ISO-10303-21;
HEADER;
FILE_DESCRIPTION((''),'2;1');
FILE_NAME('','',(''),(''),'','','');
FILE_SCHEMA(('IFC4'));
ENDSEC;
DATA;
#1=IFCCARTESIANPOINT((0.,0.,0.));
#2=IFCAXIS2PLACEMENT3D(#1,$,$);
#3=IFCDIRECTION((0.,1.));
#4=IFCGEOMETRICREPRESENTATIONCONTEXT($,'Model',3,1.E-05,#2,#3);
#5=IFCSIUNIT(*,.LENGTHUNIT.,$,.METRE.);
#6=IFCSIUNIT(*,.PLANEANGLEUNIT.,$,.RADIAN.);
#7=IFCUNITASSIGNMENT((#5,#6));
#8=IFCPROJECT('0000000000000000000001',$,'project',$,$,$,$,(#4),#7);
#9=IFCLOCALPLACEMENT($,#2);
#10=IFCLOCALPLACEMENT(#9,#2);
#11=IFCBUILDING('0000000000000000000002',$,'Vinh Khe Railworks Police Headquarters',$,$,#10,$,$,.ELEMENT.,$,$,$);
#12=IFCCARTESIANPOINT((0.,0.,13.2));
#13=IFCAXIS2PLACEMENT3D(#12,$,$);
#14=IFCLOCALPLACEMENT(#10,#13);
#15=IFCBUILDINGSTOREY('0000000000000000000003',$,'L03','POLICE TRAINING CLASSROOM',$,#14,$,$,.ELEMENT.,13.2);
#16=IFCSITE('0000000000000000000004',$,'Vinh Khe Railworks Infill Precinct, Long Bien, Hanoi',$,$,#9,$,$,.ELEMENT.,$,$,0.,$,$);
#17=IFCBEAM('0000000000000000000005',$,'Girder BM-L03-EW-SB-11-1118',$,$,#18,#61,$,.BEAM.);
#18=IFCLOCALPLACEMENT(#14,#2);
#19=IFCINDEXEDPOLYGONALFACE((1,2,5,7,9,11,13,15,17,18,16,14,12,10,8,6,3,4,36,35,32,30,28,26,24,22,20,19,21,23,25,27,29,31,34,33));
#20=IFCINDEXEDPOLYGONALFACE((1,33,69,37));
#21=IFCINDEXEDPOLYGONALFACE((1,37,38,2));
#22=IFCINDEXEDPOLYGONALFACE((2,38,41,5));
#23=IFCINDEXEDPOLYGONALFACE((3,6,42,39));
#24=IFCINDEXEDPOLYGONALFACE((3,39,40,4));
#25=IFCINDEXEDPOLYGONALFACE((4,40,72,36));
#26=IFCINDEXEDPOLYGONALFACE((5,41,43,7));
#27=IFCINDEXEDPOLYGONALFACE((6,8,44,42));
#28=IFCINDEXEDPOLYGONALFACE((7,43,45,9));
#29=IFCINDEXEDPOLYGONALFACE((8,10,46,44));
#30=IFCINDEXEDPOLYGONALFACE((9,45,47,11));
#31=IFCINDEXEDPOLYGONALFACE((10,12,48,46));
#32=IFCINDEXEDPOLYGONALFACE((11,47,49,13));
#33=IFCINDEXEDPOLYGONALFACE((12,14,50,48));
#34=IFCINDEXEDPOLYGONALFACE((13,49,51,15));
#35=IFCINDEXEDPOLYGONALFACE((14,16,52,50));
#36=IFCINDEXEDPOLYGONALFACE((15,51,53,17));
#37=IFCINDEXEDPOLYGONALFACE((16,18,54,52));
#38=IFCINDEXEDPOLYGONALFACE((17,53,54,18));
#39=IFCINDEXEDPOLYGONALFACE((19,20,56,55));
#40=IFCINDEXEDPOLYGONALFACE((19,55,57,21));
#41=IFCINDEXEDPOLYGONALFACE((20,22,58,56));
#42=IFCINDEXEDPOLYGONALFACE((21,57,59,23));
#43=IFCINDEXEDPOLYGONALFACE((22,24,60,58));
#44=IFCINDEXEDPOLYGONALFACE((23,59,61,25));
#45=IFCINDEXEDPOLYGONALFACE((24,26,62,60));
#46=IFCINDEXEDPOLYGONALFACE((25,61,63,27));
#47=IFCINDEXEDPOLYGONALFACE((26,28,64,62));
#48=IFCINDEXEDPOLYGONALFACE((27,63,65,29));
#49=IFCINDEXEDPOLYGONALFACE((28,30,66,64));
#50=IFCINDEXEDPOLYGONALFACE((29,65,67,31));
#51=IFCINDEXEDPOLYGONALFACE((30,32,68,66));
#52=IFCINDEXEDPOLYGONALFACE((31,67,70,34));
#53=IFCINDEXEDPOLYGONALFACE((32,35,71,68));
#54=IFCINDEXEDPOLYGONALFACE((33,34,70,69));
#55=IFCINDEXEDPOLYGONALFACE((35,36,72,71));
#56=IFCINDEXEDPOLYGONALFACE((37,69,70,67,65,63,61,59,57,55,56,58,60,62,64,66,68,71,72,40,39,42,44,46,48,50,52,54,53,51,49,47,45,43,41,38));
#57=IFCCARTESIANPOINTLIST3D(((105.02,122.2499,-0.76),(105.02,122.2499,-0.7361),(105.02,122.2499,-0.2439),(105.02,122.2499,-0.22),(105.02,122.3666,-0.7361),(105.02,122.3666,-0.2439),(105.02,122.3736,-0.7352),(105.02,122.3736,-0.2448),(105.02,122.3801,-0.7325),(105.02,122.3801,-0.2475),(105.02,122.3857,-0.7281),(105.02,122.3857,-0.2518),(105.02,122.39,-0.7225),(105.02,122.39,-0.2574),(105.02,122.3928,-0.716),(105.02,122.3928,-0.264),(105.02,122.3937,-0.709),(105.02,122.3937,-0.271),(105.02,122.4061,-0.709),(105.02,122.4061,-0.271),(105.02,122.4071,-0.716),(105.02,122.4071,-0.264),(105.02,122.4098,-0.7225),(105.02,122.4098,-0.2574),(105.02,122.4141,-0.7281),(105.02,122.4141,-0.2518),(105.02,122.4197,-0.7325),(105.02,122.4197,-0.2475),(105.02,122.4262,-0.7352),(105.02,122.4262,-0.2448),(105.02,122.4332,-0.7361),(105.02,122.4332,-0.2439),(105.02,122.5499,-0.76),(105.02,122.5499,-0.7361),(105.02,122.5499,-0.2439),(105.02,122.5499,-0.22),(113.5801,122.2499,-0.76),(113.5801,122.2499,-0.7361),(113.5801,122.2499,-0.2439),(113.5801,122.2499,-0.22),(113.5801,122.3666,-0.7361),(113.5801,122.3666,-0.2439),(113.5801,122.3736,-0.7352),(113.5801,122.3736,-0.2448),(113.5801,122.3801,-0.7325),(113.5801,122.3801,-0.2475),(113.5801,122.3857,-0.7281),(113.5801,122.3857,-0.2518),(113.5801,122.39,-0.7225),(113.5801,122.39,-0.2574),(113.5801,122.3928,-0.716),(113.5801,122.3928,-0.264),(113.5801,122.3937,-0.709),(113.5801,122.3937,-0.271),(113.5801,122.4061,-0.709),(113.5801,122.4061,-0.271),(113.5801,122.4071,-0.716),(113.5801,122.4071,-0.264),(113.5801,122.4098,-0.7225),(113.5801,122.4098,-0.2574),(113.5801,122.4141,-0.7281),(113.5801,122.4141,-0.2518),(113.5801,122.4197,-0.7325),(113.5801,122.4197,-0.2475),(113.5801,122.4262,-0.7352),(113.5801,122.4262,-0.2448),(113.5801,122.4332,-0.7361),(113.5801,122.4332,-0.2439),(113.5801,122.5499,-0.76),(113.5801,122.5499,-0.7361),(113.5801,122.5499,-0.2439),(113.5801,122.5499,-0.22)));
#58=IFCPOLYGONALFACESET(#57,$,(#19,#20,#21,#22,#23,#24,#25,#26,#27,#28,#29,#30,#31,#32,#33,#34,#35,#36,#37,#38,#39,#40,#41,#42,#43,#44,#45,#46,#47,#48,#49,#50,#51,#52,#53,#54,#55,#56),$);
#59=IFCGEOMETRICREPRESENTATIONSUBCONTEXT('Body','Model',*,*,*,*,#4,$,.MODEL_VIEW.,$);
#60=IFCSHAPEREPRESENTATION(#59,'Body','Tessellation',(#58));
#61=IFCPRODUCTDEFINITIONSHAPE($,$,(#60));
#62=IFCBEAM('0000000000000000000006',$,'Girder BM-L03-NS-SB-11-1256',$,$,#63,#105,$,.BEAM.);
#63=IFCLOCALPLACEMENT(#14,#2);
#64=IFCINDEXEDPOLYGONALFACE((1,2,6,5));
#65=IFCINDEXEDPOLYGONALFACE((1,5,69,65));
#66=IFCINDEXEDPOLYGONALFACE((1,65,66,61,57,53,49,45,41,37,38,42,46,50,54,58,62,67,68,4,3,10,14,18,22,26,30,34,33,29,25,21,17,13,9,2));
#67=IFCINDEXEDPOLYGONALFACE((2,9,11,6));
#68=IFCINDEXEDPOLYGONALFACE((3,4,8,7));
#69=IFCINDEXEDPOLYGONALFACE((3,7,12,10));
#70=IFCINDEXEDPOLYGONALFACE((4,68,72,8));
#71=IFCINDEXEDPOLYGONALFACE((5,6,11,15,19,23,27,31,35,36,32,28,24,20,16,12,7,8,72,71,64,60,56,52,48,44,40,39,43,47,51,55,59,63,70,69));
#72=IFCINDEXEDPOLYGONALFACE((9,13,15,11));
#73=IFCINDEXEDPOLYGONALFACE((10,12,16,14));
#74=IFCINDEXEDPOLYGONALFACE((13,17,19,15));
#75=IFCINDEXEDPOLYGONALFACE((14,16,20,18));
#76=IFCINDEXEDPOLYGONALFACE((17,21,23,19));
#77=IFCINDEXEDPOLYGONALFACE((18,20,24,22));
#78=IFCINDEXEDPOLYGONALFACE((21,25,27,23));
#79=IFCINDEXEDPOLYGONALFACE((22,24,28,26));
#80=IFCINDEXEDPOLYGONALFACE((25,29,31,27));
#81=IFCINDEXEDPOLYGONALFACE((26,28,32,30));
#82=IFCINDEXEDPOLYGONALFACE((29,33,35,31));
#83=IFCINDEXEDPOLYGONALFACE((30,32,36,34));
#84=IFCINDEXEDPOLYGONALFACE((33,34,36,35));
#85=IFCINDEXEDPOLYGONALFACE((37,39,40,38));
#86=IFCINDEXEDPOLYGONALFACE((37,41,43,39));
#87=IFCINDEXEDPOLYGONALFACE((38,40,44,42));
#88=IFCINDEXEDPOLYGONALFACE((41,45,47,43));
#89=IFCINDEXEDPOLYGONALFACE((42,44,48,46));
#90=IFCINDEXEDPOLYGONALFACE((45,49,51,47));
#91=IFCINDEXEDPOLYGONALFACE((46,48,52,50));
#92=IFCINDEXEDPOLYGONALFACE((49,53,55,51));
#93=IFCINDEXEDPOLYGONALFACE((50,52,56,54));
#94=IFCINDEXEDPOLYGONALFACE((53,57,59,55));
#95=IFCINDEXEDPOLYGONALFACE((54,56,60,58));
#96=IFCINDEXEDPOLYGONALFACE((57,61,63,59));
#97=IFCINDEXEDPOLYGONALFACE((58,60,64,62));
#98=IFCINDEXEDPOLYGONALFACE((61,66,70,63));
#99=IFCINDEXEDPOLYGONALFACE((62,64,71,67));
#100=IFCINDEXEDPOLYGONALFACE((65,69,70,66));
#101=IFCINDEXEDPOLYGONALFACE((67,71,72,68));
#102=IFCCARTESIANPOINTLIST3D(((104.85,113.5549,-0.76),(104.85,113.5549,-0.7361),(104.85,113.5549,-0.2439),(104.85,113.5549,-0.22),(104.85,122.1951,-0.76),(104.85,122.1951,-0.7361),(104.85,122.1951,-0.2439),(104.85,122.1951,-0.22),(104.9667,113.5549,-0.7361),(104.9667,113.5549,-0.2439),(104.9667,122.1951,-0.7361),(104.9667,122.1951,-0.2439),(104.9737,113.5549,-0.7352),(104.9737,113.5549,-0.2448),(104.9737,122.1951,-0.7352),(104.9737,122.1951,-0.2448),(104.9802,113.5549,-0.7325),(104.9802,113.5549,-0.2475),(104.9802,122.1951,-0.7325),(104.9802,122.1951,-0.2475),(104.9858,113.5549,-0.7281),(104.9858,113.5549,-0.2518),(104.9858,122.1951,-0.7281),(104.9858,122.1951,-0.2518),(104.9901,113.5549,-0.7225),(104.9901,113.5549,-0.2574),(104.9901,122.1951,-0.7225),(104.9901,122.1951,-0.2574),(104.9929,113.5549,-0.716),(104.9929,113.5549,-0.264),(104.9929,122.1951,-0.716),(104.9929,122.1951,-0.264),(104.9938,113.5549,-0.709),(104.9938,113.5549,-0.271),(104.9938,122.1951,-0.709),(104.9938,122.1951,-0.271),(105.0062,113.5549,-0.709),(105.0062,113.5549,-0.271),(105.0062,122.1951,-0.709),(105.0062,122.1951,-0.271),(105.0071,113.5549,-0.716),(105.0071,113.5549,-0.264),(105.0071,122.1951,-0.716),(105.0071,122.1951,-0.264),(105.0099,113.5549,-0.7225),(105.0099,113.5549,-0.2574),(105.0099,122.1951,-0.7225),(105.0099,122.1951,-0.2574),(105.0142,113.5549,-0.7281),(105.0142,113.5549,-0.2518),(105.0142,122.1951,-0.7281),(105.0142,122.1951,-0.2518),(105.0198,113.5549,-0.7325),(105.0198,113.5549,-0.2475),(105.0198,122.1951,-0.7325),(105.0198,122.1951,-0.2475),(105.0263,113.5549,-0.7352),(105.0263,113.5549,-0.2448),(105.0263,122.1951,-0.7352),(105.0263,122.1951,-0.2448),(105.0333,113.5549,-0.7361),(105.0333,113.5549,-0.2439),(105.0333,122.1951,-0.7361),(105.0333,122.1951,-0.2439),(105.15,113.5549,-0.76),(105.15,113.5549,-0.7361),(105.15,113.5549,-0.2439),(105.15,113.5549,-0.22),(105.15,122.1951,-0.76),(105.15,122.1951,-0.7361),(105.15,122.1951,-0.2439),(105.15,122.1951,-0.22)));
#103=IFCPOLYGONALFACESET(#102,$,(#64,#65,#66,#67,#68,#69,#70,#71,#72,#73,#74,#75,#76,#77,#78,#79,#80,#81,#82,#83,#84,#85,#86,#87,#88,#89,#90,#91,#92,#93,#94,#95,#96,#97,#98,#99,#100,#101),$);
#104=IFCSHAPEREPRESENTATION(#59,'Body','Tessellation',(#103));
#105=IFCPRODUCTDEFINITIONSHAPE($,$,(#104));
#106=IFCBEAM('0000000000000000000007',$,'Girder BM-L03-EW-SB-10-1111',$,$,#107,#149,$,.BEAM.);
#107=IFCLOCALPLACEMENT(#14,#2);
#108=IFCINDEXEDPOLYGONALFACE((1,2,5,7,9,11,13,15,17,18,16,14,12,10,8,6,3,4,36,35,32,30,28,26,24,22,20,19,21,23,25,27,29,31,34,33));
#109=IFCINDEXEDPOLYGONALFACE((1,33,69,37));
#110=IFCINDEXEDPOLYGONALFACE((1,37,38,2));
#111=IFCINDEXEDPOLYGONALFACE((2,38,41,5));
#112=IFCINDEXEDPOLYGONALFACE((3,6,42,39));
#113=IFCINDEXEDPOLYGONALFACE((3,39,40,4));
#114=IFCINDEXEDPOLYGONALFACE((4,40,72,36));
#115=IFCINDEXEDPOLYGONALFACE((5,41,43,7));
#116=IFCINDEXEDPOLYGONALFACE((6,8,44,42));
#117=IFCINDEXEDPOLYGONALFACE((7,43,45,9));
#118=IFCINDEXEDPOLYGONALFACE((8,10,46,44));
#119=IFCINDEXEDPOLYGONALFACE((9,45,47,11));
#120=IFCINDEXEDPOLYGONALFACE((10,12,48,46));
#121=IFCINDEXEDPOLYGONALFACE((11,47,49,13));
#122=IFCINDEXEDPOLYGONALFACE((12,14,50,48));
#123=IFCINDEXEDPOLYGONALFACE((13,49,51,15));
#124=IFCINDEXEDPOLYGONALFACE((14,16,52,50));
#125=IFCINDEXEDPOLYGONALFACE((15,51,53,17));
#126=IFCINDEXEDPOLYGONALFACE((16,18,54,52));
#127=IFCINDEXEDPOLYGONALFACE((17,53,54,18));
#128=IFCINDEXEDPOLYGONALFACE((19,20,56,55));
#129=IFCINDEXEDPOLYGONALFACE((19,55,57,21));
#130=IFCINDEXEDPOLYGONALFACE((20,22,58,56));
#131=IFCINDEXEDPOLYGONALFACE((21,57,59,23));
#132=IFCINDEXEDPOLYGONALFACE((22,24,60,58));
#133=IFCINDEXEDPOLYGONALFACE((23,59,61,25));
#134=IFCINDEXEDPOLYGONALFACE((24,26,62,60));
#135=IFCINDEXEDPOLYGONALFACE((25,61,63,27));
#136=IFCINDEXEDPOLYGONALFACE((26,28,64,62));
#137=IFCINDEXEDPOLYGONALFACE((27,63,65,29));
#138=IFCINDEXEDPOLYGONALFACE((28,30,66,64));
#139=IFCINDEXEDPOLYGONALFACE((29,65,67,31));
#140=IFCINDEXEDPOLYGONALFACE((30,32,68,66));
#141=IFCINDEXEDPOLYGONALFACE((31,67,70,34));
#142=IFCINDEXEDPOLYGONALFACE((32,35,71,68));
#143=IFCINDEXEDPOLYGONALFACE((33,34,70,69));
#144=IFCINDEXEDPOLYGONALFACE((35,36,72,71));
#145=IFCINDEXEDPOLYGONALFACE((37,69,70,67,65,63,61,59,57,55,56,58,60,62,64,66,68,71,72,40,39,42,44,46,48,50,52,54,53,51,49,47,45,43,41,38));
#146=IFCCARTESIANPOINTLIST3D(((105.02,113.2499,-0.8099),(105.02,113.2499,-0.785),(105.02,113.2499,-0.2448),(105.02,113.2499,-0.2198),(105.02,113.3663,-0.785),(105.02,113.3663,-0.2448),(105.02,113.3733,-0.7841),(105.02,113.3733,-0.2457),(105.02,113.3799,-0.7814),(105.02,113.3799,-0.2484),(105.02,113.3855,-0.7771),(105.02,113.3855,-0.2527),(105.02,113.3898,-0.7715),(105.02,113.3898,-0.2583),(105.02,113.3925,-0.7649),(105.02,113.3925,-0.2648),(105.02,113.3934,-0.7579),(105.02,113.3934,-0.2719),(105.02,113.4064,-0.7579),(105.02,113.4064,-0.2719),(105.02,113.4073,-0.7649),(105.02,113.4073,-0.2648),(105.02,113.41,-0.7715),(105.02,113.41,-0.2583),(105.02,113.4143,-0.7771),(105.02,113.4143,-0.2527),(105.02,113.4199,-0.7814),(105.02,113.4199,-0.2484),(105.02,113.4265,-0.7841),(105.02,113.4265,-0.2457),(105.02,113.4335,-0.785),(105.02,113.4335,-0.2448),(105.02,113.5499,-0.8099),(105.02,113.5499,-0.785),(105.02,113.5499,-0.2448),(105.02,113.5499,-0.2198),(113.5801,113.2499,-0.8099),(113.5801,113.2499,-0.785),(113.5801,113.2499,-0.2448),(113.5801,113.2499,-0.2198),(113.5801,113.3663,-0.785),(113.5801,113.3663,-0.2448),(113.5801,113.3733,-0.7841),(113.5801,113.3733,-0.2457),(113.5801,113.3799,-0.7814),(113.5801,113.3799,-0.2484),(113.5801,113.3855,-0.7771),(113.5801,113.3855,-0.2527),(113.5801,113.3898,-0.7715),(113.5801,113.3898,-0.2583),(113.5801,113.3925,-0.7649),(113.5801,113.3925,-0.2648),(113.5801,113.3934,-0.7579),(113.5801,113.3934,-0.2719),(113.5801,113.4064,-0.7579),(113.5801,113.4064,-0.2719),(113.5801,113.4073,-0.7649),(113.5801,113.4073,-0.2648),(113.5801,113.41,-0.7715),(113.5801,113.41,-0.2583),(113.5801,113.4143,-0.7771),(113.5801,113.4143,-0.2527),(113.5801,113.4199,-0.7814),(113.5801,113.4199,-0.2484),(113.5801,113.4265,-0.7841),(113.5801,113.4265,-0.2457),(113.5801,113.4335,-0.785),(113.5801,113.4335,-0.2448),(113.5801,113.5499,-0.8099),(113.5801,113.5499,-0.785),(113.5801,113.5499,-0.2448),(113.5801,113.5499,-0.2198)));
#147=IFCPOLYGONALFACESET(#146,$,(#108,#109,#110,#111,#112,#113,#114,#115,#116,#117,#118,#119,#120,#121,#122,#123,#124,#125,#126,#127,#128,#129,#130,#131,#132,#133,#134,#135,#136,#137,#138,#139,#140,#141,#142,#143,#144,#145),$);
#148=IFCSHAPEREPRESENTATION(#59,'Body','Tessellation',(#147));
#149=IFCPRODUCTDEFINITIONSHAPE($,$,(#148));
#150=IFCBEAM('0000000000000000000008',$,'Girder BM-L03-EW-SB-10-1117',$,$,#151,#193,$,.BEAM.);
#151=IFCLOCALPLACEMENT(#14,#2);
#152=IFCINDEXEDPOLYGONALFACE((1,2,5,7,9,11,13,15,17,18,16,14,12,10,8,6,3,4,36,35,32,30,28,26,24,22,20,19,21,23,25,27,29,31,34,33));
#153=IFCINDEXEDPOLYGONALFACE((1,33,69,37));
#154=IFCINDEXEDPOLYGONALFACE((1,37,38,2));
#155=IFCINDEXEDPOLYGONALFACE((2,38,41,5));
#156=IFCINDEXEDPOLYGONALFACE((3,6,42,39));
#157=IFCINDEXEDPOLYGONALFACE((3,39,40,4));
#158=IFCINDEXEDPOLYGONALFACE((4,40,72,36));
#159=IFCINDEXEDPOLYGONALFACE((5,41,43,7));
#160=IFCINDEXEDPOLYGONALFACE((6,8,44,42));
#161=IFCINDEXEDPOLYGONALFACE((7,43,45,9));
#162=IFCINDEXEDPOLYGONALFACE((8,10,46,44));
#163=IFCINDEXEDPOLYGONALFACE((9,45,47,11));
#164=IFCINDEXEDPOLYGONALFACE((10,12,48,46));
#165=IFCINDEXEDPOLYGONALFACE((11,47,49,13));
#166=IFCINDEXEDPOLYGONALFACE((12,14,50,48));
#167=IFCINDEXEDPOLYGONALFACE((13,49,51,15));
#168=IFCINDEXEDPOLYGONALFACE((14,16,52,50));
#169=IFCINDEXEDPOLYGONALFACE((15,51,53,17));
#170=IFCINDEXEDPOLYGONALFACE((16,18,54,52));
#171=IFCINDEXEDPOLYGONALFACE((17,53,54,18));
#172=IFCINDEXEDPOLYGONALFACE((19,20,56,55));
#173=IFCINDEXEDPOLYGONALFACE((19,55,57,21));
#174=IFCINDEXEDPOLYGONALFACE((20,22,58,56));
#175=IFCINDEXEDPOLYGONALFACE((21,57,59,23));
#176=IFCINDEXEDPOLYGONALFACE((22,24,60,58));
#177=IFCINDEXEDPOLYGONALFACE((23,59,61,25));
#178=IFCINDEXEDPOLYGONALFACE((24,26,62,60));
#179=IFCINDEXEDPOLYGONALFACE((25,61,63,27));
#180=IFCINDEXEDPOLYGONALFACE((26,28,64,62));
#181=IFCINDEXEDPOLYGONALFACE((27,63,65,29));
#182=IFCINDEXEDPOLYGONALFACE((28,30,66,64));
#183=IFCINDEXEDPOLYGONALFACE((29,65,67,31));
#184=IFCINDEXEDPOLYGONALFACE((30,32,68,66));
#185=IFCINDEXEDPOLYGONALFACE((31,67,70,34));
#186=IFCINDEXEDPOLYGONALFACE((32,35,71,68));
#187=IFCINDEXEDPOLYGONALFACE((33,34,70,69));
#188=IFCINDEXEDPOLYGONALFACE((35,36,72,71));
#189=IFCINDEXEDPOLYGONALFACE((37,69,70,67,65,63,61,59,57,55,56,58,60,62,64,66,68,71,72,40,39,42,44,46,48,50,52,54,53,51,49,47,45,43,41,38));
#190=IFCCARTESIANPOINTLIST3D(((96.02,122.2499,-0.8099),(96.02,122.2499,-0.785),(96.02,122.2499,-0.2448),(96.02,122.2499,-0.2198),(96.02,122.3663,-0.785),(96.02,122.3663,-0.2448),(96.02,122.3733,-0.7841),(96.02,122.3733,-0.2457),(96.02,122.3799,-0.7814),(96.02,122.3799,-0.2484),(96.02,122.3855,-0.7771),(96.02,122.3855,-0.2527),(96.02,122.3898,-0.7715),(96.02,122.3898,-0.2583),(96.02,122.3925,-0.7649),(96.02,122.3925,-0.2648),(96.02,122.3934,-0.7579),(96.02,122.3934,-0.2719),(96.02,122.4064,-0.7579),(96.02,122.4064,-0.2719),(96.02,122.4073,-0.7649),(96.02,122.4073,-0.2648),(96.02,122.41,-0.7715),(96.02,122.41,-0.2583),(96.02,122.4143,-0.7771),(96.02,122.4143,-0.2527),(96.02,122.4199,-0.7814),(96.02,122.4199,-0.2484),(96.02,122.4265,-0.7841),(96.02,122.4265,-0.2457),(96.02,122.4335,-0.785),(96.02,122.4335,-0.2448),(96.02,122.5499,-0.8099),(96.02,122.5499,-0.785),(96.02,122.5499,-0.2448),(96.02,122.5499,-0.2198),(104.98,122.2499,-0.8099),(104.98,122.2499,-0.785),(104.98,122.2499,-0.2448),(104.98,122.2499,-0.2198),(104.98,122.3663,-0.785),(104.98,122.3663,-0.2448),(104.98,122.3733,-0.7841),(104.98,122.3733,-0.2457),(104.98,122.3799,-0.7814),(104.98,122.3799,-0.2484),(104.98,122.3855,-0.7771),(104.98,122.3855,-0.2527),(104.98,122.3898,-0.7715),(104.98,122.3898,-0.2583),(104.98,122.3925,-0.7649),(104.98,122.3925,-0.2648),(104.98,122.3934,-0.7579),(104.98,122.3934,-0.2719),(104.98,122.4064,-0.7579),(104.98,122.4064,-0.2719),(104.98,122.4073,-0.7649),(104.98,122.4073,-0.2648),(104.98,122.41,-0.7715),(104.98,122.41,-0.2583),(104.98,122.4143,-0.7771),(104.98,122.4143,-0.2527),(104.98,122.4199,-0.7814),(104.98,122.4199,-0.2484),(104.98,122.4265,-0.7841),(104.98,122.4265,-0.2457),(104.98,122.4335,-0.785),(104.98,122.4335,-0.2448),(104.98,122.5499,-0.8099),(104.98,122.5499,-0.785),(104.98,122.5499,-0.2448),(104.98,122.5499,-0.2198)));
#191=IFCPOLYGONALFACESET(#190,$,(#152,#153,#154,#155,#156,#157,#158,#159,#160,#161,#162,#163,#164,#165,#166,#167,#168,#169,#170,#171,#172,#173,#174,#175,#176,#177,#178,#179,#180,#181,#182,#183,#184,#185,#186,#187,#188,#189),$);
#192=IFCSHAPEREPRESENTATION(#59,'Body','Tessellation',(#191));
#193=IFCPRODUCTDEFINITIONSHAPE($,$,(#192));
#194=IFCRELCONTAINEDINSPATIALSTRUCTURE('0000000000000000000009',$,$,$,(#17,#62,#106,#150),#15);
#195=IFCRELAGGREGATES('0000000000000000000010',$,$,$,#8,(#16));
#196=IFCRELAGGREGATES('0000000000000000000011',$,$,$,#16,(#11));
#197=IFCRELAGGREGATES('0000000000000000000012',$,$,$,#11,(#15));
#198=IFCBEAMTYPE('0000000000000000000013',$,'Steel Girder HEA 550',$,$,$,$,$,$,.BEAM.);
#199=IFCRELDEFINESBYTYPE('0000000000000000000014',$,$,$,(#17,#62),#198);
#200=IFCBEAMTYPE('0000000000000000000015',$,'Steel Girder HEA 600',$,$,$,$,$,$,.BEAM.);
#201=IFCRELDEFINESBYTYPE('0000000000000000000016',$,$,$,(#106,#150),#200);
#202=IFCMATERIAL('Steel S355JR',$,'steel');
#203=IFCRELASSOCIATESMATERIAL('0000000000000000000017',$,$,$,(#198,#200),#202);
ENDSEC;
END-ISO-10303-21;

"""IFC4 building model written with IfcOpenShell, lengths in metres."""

from ifc_helpers import new_model, si_unit, direction, frame, origin, origin_2d, place, context, subcontext, project, spatial, i_section, extrude, material, material_profile, profile_set, type_object, element, save


model = new_model("IFC4")

# Units and contexts
model_context = context("Model", 3, precision=1e-05, world=origin(), true_north=direction((0.0, 1.0)))
body_context = subcontext(model_context, "Body", "Model", "MODEL_VIEW")
ifc_project = project(units=[si_unit("LENGTHUNIT", "METRE"), si_unit("PLANEANGLEUNIT", "RADIAN")], contexts=[model_context])

# Site, building, storey
site_placement = place(None, origin())
site = spatial("IfcSite", under=ifc_project, at=site_placement, Name="Vinh Khe Railworks Infill Precinct, Long Bien, Hanoi", CompositionType="ELEMENT", RefElevation=0.0)
building_placement = place(site_placement, origin())
building = spatial("IfcBuilding", under=site, at=building_placement, Name="Vinh Khe Railworks Police Headquarters", CompositionType="ELEMENT")
storey_placement = place(building_placement, frame((0.0, 0.0, 13.2)))
storey = spatial("IfcBuildingStorey", under=building, at=storey_placement, Name="L03", Description="POLICE TRAINING CLASSROOM", CompositionType="ELEMENT", Elevation=13.2)

# Shared definitions
ifc_material_1 = material(Name="Steel S355JR", Category="steel")

# Beams
ifc_material_profile_1 = material_profile(ifc_material_1, i_section(OverallWidth=0.3, OverallDepth=0.54, WebThickness=0.0125, FlangeThickness=0.0239, FilletRadius=0.0271, at=origin_2d()), Name="HEA 550")
ifc_profile_set_1 = profile_set([ifc_material_profile_1], Name="Steel S355JR")
beam_type_1 = type_object("IfcBeamType", Name="Steel Girder HEA 550", PredefinedType="BEAM", material=ifc_profile_set_1)
beam_1_placement = place(storey_placement, frame((105.02, 122.3999, -0.49), z_axis=(1.0, 0.0, 0.0), x_axis=(0.0, 1.0, 0.0)))
element("IfcBeam", 1, at=beam_1_placement, inside=storey, type_object=beam_type_1, Name="Girder BM-L03-EW-SB-11-1118", PredefinedType="BEAM", context=body_context, shape_type="SweptSolid", body=[
    extrude(i_section(OverallWidth=0.3, OverallDepth=0.54, WebThickness=0.0125, FlangeThickness=0.0239, FilletRadius=0.0271, at=origin_2d()), origin(), (0.0, 0.0, 1.0), 8.5601),
])
beam_2_placement = place(storey_placement, frame((105.0, 113.5549, -0.49), z_axis=(0.0, 1.0, 0.0), x_axis=(-1.0, 0.0, 0.0)))
element("IfcBeam", 2, at=beam_2_placement, inside=storey, type_object=beam_type_1, Name="Girder BM-L03-NS-SB-11-1256", PredefinedType="BEAM", context=body_context, shape_type="SweptSolid", body=[
    extrude(i_section(OverallWidth=0.3, OverallDepth=0.54, WebThickness=0.0125, FlangeThickness=0.0239, FilletRadius=0.0271, at=origin_2d()), origin(), (0.0, 0.0, 1.0), 8.6401),
])
ifc_material_profile_2 = material_profile(ifc_material_1, i_section(OverallWidth=0.3, OverallDepth=0.5901, WebThickness=0.0129, FlangeThickness=0.0249, FilletRadius=0.0271, at=origin_2d()), Name="HEA 600")
ifc_profile_set_2 = profile_set([ifc_material_profile_2], Name="Steel S355JR")
beam_type_2 = type_object("IfcBeamType", Name="Steel Girder HEA 600", PredefinedType="BEAM", material=ifc_profile_set_2)
beam_3_placement = place(storey_placement, frame((105.02, 113.3999, -0.5149), z_axis=(1.0, 0.0, 0.0), x_axis=(0.0, 1.0, 0.0)))
element("IfcBeam", 3, at=beam_3_placement, inside=storey, type_object=beam_type_2, Name="Girder BM-L03-EW-SB-10-1111", PredefinedType="BEAM", context=body_context, shape_type="SweptSolid", body=[
    extrude(i_section(OverallWidth=0.3, OverallDepth=0.5901, WebThickness=0.0129, FlangeThickness=0.0249, FilletRadius=0.0271, at=origin_2d()), origin(), (0.0, 0.0, 1.0), 8.5601),
])
beam_4_placement = place(storey_placement, frame((96.02, 122.3999, -0.5149), z_axis=(1.0, 0.0, 0.0), x_axis=(0.0, 1.0, 0.0)))
element("IfcBeam", 4, at=beam_4_placement, inside=storey, type_object=beam_type_2, Name="Girder BM-L03-EW-SB-10-1117", PredefinedType="BEAM", context=body_context, shape_type="SweptSolid", body=[
    extrude(i_section(OverallWidth=0.3, OverallDepth=0.5901, WebThickness=0.0129, FlangeThickness=0.0249, FilletRadius=0.0271, at=origin_2d()), origin(), (0.0, 0.0, 1.0), 8.96),
])

save(model, "model.ifc")
